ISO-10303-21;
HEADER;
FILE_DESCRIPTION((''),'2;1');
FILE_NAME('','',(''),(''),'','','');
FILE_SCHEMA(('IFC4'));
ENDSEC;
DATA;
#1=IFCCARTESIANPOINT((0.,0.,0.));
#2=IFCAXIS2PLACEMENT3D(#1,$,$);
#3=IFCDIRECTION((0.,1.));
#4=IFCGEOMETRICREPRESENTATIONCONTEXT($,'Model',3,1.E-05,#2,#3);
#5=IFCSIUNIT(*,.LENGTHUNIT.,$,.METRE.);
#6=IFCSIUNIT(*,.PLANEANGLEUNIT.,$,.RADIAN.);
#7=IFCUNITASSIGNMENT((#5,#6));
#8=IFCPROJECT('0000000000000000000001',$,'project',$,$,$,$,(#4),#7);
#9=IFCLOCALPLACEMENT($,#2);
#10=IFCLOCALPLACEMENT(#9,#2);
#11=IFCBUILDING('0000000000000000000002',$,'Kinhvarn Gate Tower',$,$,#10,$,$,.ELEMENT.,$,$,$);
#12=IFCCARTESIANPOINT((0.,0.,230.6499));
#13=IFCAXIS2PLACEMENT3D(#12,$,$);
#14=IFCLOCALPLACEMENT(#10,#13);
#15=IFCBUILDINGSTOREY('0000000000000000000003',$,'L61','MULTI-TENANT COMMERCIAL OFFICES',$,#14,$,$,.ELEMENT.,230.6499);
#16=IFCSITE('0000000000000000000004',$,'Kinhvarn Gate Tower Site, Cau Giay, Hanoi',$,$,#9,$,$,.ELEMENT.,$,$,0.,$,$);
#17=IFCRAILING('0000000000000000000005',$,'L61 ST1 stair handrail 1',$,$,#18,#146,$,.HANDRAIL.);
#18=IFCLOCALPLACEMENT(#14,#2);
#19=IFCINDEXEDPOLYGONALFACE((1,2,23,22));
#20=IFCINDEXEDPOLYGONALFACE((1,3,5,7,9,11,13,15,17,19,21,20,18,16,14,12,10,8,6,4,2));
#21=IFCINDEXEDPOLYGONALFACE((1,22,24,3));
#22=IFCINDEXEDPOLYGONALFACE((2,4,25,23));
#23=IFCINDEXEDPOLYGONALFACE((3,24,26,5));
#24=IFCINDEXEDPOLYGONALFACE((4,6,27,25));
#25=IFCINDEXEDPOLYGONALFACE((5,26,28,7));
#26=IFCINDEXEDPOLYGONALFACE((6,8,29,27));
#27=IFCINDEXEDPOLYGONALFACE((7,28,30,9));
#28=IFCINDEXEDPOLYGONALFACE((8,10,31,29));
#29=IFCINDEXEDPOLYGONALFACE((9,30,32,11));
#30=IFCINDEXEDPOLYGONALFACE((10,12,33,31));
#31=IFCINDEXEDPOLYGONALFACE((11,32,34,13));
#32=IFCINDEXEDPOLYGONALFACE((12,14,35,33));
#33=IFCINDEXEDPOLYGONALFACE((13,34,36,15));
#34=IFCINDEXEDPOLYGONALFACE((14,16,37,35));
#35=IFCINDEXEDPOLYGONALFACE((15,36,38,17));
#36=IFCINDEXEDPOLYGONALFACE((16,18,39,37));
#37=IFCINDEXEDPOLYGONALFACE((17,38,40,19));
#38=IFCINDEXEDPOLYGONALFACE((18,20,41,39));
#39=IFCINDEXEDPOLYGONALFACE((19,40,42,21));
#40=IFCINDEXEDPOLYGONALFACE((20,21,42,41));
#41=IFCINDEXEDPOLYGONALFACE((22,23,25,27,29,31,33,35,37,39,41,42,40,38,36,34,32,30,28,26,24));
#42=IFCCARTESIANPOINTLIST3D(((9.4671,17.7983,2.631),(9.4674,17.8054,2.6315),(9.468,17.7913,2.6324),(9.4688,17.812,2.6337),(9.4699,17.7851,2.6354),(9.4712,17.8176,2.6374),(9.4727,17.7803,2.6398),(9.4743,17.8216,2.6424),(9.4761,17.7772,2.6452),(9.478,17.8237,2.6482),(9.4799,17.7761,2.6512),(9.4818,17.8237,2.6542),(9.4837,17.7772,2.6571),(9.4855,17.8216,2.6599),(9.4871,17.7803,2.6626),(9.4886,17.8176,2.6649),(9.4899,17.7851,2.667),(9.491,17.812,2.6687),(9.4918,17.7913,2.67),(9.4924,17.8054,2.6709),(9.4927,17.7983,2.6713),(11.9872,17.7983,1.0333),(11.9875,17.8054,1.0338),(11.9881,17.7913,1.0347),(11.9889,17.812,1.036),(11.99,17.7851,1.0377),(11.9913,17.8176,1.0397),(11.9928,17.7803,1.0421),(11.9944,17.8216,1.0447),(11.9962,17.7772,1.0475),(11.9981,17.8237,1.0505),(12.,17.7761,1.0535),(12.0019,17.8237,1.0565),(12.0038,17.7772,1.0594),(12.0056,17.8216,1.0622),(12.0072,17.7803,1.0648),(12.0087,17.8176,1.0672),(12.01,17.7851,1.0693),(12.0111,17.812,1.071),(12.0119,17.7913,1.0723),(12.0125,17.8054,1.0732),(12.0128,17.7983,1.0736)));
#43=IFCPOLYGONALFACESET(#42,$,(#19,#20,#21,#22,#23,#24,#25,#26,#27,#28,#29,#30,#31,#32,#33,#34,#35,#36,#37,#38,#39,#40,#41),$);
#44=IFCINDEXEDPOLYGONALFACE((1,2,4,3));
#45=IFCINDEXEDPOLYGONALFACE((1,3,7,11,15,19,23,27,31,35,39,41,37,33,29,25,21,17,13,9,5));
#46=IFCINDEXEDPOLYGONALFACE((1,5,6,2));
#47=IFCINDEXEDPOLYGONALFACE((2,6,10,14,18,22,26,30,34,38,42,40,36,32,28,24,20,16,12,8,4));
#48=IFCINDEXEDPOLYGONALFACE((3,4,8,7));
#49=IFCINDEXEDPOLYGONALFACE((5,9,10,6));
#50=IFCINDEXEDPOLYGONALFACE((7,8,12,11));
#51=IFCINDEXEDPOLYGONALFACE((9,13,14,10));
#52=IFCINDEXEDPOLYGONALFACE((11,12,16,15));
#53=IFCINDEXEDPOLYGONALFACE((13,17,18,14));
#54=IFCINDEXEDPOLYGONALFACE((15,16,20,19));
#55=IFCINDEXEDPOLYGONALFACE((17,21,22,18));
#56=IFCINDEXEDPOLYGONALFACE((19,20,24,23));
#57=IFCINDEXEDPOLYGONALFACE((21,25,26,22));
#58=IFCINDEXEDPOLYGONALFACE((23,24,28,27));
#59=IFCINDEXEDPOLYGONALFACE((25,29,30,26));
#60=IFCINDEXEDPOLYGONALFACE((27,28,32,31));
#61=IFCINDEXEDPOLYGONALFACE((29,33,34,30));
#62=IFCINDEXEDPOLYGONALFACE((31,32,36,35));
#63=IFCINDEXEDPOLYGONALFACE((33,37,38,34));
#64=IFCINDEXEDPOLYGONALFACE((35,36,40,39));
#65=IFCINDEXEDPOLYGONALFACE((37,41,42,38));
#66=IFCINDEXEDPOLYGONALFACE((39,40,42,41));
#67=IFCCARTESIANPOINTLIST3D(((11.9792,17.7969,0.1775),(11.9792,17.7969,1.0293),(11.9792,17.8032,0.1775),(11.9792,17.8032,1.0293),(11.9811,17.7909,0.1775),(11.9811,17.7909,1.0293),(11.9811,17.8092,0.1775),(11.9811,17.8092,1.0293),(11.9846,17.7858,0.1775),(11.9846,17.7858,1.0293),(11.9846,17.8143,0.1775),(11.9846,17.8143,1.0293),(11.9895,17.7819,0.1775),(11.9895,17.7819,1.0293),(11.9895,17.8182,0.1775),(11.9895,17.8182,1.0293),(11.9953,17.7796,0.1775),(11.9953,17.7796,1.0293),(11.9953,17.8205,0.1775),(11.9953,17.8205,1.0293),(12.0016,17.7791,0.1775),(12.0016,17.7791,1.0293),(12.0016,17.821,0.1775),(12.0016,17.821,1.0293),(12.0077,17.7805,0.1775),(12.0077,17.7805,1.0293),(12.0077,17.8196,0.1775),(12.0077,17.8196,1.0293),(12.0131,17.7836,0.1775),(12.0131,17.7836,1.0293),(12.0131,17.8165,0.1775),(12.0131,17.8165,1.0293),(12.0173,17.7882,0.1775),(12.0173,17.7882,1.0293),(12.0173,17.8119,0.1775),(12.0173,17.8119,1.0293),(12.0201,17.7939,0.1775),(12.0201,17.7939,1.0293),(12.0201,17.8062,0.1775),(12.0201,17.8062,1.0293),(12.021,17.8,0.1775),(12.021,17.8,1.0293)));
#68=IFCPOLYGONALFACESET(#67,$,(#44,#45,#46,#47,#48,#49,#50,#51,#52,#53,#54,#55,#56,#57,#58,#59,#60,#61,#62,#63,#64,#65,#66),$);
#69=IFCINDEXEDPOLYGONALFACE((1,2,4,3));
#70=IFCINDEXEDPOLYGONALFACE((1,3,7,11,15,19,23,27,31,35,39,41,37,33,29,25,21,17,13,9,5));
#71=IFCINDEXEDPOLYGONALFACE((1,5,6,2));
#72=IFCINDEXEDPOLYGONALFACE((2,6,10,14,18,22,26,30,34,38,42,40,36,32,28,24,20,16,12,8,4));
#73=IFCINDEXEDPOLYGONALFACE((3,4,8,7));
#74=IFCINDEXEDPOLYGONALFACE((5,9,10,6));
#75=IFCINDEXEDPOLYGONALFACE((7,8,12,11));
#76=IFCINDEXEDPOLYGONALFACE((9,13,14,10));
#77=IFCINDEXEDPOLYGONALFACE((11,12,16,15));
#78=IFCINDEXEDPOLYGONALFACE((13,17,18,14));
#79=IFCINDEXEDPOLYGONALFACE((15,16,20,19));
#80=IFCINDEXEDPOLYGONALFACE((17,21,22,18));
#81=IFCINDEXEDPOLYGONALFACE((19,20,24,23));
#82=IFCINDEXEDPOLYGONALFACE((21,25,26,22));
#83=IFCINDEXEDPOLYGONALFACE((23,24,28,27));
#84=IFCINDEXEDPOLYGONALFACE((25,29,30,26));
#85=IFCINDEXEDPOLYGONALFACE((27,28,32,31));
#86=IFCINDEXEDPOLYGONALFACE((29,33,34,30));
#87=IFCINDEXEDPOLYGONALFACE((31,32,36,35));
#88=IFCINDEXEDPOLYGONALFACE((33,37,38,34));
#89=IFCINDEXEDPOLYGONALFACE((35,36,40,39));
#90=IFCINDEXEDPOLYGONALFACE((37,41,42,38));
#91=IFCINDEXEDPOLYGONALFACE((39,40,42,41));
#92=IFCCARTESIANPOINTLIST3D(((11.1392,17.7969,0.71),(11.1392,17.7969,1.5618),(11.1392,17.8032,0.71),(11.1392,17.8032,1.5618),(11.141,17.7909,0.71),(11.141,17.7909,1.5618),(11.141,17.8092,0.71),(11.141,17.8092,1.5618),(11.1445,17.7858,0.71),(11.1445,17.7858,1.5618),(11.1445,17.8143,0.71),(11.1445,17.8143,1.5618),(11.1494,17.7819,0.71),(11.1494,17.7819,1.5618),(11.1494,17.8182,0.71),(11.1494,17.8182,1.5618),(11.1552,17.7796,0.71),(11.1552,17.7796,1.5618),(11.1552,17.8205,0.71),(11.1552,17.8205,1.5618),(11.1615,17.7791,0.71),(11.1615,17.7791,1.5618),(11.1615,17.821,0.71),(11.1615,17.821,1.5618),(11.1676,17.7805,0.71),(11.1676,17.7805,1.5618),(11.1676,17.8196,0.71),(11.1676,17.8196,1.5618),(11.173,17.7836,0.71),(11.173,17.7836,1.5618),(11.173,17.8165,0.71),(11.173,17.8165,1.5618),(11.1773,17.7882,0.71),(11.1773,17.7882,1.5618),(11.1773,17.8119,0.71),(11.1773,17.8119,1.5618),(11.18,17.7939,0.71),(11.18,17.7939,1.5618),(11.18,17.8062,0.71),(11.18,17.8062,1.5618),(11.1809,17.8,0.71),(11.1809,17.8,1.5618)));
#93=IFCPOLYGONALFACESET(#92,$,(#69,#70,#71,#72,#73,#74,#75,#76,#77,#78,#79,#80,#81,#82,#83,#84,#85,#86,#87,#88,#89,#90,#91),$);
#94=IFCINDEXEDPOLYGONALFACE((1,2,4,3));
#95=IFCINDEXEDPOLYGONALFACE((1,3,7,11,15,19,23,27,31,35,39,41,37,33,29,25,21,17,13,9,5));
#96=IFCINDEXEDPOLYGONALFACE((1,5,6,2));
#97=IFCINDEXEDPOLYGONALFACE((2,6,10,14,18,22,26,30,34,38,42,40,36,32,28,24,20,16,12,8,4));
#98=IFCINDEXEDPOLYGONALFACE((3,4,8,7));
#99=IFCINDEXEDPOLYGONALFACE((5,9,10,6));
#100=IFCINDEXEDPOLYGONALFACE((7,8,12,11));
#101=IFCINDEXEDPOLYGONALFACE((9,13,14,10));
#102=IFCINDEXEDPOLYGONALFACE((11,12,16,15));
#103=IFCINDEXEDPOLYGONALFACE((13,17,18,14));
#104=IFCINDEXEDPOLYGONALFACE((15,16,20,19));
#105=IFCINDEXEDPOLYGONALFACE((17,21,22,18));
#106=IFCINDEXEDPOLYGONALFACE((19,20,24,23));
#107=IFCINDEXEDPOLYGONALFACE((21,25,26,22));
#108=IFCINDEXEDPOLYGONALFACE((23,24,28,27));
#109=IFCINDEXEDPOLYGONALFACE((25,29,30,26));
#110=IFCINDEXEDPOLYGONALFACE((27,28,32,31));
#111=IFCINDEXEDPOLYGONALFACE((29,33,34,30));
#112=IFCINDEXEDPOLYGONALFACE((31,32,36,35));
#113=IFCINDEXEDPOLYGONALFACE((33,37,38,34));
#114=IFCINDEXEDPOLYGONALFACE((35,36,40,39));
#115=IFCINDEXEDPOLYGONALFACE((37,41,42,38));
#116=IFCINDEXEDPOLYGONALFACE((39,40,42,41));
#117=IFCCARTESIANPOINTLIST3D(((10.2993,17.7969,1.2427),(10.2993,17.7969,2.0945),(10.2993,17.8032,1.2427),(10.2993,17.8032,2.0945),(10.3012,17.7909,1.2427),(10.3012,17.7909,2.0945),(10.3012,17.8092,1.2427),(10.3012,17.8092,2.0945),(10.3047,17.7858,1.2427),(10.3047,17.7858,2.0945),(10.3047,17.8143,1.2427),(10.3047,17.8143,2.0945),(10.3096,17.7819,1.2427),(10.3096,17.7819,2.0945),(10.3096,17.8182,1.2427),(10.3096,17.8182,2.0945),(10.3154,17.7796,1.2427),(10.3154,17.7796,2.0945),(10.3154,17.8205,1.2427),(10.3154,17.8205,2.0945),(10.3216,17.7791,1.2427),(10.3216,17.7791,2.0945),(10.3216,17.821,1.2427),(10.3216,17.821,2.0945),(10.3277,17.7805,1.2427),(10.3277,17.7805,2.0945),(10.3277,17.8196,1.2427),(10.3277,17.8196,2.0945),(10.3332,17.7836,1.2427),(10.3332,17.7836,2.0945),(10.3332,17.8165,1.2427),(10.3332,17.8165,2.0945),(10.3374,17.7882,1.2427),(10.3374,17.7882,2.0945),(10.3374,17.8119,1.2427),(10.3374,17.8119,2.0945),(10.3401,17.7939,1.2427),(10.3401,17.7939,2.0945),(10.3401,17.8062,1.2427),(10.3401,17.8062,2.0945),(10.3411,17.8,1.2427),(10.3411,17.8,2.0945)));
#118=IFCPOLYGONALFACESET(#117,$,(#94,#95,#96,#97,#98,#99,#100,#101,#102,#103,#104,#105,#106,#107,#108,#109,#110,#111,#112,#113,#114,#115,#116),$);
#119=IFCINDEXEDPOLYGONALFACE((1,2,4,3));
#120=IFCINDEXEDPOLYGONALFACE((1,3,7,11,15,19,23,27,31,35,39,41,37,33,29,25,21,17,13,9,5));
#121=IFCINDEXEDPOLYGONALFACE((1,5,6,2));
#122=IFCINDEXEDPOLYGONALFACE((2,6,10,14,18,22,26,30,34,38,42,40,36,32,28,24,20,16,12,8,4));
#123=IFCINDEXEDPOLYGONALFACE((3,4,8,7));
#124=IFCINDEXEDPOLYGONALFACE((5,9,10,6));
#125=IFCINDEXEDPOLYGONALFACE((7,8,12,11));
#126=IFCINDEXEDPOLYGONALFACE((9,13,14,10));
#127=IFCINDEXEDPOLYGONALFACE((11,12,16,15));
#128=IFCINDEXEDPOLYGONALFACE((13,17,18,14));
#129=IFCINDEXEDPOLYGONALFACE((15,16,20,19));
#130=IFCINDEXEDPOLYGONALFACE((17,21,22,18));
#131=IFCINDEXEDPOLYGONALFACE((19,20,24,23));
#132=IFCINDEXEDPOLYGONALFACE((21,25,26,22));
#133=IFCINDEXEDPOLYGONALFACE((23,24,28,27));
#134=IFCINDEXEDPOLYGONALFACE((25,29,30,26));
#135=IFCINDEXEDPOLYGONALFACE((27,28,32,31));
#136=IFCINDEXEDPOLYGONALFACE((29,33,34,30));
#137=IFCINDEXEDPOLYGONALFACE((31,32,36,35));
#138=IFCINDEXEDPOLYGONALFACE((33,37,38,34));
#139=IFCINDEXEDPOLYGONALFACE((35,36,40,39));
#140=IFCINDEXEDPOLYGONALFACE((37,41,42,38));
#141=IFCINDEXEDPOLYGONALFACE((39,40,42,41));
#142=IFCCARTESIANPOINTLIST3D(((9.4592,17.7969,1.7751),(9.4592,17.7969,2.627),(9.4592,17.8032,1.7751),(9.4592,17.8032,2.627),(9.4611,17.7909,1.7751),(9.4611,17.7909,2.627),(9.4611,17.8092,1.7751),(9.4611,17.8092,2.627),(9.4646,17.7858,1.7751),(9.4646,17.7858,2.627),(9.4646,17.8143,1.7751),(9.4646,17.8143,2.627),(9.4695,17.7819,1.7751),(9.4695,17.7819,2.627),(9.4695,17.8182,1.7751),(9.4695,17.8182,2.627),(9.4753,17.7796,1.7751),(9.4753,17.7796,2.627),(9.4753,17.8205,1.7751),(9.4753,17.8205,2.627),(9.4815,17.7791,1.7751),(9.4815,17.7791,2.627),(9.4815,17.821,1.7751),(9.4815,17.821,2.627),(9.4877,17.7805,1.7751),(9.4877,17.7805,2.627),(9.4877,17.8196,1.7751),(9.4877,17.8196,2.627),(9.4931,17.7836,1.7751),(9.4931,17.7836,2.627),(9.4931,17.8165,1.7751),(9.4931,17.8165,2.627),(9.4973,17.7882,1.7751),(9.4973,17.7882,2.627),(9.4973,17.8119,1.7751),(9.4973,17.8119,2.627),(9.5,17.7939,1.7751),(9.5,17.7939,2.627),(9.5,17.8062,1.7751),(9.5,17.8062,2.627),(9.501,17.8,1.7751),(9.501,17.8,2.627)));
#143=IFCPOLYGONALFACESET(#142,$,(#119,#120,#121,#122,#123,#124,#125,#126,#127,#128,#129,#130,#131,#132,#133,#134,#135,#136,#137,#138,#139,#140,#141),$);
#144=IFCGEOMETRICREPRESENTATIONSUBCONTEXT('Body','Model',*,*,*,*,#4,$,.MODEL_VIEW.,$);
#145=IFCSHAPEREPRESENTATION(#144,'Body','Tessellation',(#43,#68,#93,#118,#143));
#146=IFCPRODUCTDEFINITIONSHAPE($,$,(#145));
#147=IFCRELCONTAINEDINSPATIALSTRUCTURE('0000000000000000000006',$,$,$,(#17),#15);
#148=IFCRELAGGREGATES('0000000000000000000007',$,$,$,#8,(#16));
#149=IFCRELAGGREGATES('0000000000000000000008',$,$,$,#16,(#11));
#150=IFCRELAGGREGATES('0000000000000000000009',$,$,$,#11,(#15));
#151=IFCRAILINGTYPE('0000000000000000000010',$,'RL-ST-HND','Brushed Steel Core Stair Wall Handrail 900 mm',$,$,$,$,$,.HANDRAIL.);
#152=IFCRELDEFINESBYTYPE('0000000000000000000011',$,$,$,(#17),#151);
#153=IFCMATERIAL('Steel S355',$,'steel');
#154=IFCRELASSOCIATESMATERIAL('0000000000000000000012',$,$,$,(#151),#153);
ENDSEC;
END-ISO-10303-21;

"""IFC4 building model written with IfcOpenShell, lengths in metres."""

from ifc_helpers import new_model, si_unit, direction, frame, origin, origin_2d, place, context, subcontext, project, spatial, circle, extrude, material, type_object, element, save


model = new_model("IFC4")

# Units and contexts
model_context = context("Model", 3, precision=1e-05, world=origin(), true_north=direction((0.0, 1.0)))
body_context = subcontext(model_context, "Body", "Model", "MODEL_VIEW")
ifc_project = project(units=[si_unit("LENGTHUNIT", "METRE"), si_unit("PLANEANGLEUNIT", "RADIAN")], contexts=[model_context])

# Site, building, storey
site_placement = place(None, origin())
site = spatial("IfcSite", under=ifc_project, at=site_placement, Name="Kinhvarn Gate Tower Site, Cau Giay, Hanoi", CompositionType="ELEMENT", RefElevation=0.0)
building_placement = place(site_placement, origin())
building = spatial("IfcBuilding", under=site, at=building_placement, Name="Kinhvarn Gate Tower", CompositionType="ELEMENT")
storey_placement = place(building_placement, frame((0.0, 0.0, 230.6499)))
storey = spatial("IfcBuildingStorey", under=building, at=storey_placement, Name="L61", Description="MULTI-TENANT COMMERCIAL OFFICES", CompositionType="ELEMENT", Elevation=230.6499)

# Shared definitions
ifc_material_1 = material(Name="Steel S355", Category="steel")

# Railing
railing_type_1 = type_object("IfcRailingType", Name="RL-ST-HND", Description="Brushed Steel Core Stair Wall Handrail 900 mm", PredefinedType="HANDRAIL", material=ifc_material_1)
railing_1_placement = place(storey_placement, frame((12.0, 17.8, 0.1775)))
element("IfcRailing", 1, at=railing_1_placement, inside=storey, type_object=railing_type_1, Name="L61 ST1 stair handrail 1", PredefinedType="HANDRAIL", context=body_context, shape_type="SweptSolid", body=[
    extrude(circle(Radius=0.0239, at=origin_2d()), frame((0.0, 0.0, 0.876), z_axis=(-0.84457, 0.0, 0.535445), x_axis=(0.0, -1.0, 0.0)), (0.0, 0.0, 1.0), 2.9839),
    extrude(circle(Radius=0.021, at=origin_2d()), origin(), (0.0, 0.0, 1.0), 0.8518),
    extrude(circle(Radius=0.021, at=origin_2d()), frame((-0.8401, 0.0, 0.5325)), (0.0, 0.0, 1.0), 0.8518),
    extrude(circle(Radius=0.021, at=origin_2d()), frame((-1.6799, 0.0, 1.0652)), (0.0, 0.0, 1.0), 0.8518),
    extrude(circle(Radius=0.021, at=origin_2d()), frame((-2.52, 0.0, 1.5977)), (0.0, 0.0, 1.0), 0.8518),
])

save(model, "model.ifc")
